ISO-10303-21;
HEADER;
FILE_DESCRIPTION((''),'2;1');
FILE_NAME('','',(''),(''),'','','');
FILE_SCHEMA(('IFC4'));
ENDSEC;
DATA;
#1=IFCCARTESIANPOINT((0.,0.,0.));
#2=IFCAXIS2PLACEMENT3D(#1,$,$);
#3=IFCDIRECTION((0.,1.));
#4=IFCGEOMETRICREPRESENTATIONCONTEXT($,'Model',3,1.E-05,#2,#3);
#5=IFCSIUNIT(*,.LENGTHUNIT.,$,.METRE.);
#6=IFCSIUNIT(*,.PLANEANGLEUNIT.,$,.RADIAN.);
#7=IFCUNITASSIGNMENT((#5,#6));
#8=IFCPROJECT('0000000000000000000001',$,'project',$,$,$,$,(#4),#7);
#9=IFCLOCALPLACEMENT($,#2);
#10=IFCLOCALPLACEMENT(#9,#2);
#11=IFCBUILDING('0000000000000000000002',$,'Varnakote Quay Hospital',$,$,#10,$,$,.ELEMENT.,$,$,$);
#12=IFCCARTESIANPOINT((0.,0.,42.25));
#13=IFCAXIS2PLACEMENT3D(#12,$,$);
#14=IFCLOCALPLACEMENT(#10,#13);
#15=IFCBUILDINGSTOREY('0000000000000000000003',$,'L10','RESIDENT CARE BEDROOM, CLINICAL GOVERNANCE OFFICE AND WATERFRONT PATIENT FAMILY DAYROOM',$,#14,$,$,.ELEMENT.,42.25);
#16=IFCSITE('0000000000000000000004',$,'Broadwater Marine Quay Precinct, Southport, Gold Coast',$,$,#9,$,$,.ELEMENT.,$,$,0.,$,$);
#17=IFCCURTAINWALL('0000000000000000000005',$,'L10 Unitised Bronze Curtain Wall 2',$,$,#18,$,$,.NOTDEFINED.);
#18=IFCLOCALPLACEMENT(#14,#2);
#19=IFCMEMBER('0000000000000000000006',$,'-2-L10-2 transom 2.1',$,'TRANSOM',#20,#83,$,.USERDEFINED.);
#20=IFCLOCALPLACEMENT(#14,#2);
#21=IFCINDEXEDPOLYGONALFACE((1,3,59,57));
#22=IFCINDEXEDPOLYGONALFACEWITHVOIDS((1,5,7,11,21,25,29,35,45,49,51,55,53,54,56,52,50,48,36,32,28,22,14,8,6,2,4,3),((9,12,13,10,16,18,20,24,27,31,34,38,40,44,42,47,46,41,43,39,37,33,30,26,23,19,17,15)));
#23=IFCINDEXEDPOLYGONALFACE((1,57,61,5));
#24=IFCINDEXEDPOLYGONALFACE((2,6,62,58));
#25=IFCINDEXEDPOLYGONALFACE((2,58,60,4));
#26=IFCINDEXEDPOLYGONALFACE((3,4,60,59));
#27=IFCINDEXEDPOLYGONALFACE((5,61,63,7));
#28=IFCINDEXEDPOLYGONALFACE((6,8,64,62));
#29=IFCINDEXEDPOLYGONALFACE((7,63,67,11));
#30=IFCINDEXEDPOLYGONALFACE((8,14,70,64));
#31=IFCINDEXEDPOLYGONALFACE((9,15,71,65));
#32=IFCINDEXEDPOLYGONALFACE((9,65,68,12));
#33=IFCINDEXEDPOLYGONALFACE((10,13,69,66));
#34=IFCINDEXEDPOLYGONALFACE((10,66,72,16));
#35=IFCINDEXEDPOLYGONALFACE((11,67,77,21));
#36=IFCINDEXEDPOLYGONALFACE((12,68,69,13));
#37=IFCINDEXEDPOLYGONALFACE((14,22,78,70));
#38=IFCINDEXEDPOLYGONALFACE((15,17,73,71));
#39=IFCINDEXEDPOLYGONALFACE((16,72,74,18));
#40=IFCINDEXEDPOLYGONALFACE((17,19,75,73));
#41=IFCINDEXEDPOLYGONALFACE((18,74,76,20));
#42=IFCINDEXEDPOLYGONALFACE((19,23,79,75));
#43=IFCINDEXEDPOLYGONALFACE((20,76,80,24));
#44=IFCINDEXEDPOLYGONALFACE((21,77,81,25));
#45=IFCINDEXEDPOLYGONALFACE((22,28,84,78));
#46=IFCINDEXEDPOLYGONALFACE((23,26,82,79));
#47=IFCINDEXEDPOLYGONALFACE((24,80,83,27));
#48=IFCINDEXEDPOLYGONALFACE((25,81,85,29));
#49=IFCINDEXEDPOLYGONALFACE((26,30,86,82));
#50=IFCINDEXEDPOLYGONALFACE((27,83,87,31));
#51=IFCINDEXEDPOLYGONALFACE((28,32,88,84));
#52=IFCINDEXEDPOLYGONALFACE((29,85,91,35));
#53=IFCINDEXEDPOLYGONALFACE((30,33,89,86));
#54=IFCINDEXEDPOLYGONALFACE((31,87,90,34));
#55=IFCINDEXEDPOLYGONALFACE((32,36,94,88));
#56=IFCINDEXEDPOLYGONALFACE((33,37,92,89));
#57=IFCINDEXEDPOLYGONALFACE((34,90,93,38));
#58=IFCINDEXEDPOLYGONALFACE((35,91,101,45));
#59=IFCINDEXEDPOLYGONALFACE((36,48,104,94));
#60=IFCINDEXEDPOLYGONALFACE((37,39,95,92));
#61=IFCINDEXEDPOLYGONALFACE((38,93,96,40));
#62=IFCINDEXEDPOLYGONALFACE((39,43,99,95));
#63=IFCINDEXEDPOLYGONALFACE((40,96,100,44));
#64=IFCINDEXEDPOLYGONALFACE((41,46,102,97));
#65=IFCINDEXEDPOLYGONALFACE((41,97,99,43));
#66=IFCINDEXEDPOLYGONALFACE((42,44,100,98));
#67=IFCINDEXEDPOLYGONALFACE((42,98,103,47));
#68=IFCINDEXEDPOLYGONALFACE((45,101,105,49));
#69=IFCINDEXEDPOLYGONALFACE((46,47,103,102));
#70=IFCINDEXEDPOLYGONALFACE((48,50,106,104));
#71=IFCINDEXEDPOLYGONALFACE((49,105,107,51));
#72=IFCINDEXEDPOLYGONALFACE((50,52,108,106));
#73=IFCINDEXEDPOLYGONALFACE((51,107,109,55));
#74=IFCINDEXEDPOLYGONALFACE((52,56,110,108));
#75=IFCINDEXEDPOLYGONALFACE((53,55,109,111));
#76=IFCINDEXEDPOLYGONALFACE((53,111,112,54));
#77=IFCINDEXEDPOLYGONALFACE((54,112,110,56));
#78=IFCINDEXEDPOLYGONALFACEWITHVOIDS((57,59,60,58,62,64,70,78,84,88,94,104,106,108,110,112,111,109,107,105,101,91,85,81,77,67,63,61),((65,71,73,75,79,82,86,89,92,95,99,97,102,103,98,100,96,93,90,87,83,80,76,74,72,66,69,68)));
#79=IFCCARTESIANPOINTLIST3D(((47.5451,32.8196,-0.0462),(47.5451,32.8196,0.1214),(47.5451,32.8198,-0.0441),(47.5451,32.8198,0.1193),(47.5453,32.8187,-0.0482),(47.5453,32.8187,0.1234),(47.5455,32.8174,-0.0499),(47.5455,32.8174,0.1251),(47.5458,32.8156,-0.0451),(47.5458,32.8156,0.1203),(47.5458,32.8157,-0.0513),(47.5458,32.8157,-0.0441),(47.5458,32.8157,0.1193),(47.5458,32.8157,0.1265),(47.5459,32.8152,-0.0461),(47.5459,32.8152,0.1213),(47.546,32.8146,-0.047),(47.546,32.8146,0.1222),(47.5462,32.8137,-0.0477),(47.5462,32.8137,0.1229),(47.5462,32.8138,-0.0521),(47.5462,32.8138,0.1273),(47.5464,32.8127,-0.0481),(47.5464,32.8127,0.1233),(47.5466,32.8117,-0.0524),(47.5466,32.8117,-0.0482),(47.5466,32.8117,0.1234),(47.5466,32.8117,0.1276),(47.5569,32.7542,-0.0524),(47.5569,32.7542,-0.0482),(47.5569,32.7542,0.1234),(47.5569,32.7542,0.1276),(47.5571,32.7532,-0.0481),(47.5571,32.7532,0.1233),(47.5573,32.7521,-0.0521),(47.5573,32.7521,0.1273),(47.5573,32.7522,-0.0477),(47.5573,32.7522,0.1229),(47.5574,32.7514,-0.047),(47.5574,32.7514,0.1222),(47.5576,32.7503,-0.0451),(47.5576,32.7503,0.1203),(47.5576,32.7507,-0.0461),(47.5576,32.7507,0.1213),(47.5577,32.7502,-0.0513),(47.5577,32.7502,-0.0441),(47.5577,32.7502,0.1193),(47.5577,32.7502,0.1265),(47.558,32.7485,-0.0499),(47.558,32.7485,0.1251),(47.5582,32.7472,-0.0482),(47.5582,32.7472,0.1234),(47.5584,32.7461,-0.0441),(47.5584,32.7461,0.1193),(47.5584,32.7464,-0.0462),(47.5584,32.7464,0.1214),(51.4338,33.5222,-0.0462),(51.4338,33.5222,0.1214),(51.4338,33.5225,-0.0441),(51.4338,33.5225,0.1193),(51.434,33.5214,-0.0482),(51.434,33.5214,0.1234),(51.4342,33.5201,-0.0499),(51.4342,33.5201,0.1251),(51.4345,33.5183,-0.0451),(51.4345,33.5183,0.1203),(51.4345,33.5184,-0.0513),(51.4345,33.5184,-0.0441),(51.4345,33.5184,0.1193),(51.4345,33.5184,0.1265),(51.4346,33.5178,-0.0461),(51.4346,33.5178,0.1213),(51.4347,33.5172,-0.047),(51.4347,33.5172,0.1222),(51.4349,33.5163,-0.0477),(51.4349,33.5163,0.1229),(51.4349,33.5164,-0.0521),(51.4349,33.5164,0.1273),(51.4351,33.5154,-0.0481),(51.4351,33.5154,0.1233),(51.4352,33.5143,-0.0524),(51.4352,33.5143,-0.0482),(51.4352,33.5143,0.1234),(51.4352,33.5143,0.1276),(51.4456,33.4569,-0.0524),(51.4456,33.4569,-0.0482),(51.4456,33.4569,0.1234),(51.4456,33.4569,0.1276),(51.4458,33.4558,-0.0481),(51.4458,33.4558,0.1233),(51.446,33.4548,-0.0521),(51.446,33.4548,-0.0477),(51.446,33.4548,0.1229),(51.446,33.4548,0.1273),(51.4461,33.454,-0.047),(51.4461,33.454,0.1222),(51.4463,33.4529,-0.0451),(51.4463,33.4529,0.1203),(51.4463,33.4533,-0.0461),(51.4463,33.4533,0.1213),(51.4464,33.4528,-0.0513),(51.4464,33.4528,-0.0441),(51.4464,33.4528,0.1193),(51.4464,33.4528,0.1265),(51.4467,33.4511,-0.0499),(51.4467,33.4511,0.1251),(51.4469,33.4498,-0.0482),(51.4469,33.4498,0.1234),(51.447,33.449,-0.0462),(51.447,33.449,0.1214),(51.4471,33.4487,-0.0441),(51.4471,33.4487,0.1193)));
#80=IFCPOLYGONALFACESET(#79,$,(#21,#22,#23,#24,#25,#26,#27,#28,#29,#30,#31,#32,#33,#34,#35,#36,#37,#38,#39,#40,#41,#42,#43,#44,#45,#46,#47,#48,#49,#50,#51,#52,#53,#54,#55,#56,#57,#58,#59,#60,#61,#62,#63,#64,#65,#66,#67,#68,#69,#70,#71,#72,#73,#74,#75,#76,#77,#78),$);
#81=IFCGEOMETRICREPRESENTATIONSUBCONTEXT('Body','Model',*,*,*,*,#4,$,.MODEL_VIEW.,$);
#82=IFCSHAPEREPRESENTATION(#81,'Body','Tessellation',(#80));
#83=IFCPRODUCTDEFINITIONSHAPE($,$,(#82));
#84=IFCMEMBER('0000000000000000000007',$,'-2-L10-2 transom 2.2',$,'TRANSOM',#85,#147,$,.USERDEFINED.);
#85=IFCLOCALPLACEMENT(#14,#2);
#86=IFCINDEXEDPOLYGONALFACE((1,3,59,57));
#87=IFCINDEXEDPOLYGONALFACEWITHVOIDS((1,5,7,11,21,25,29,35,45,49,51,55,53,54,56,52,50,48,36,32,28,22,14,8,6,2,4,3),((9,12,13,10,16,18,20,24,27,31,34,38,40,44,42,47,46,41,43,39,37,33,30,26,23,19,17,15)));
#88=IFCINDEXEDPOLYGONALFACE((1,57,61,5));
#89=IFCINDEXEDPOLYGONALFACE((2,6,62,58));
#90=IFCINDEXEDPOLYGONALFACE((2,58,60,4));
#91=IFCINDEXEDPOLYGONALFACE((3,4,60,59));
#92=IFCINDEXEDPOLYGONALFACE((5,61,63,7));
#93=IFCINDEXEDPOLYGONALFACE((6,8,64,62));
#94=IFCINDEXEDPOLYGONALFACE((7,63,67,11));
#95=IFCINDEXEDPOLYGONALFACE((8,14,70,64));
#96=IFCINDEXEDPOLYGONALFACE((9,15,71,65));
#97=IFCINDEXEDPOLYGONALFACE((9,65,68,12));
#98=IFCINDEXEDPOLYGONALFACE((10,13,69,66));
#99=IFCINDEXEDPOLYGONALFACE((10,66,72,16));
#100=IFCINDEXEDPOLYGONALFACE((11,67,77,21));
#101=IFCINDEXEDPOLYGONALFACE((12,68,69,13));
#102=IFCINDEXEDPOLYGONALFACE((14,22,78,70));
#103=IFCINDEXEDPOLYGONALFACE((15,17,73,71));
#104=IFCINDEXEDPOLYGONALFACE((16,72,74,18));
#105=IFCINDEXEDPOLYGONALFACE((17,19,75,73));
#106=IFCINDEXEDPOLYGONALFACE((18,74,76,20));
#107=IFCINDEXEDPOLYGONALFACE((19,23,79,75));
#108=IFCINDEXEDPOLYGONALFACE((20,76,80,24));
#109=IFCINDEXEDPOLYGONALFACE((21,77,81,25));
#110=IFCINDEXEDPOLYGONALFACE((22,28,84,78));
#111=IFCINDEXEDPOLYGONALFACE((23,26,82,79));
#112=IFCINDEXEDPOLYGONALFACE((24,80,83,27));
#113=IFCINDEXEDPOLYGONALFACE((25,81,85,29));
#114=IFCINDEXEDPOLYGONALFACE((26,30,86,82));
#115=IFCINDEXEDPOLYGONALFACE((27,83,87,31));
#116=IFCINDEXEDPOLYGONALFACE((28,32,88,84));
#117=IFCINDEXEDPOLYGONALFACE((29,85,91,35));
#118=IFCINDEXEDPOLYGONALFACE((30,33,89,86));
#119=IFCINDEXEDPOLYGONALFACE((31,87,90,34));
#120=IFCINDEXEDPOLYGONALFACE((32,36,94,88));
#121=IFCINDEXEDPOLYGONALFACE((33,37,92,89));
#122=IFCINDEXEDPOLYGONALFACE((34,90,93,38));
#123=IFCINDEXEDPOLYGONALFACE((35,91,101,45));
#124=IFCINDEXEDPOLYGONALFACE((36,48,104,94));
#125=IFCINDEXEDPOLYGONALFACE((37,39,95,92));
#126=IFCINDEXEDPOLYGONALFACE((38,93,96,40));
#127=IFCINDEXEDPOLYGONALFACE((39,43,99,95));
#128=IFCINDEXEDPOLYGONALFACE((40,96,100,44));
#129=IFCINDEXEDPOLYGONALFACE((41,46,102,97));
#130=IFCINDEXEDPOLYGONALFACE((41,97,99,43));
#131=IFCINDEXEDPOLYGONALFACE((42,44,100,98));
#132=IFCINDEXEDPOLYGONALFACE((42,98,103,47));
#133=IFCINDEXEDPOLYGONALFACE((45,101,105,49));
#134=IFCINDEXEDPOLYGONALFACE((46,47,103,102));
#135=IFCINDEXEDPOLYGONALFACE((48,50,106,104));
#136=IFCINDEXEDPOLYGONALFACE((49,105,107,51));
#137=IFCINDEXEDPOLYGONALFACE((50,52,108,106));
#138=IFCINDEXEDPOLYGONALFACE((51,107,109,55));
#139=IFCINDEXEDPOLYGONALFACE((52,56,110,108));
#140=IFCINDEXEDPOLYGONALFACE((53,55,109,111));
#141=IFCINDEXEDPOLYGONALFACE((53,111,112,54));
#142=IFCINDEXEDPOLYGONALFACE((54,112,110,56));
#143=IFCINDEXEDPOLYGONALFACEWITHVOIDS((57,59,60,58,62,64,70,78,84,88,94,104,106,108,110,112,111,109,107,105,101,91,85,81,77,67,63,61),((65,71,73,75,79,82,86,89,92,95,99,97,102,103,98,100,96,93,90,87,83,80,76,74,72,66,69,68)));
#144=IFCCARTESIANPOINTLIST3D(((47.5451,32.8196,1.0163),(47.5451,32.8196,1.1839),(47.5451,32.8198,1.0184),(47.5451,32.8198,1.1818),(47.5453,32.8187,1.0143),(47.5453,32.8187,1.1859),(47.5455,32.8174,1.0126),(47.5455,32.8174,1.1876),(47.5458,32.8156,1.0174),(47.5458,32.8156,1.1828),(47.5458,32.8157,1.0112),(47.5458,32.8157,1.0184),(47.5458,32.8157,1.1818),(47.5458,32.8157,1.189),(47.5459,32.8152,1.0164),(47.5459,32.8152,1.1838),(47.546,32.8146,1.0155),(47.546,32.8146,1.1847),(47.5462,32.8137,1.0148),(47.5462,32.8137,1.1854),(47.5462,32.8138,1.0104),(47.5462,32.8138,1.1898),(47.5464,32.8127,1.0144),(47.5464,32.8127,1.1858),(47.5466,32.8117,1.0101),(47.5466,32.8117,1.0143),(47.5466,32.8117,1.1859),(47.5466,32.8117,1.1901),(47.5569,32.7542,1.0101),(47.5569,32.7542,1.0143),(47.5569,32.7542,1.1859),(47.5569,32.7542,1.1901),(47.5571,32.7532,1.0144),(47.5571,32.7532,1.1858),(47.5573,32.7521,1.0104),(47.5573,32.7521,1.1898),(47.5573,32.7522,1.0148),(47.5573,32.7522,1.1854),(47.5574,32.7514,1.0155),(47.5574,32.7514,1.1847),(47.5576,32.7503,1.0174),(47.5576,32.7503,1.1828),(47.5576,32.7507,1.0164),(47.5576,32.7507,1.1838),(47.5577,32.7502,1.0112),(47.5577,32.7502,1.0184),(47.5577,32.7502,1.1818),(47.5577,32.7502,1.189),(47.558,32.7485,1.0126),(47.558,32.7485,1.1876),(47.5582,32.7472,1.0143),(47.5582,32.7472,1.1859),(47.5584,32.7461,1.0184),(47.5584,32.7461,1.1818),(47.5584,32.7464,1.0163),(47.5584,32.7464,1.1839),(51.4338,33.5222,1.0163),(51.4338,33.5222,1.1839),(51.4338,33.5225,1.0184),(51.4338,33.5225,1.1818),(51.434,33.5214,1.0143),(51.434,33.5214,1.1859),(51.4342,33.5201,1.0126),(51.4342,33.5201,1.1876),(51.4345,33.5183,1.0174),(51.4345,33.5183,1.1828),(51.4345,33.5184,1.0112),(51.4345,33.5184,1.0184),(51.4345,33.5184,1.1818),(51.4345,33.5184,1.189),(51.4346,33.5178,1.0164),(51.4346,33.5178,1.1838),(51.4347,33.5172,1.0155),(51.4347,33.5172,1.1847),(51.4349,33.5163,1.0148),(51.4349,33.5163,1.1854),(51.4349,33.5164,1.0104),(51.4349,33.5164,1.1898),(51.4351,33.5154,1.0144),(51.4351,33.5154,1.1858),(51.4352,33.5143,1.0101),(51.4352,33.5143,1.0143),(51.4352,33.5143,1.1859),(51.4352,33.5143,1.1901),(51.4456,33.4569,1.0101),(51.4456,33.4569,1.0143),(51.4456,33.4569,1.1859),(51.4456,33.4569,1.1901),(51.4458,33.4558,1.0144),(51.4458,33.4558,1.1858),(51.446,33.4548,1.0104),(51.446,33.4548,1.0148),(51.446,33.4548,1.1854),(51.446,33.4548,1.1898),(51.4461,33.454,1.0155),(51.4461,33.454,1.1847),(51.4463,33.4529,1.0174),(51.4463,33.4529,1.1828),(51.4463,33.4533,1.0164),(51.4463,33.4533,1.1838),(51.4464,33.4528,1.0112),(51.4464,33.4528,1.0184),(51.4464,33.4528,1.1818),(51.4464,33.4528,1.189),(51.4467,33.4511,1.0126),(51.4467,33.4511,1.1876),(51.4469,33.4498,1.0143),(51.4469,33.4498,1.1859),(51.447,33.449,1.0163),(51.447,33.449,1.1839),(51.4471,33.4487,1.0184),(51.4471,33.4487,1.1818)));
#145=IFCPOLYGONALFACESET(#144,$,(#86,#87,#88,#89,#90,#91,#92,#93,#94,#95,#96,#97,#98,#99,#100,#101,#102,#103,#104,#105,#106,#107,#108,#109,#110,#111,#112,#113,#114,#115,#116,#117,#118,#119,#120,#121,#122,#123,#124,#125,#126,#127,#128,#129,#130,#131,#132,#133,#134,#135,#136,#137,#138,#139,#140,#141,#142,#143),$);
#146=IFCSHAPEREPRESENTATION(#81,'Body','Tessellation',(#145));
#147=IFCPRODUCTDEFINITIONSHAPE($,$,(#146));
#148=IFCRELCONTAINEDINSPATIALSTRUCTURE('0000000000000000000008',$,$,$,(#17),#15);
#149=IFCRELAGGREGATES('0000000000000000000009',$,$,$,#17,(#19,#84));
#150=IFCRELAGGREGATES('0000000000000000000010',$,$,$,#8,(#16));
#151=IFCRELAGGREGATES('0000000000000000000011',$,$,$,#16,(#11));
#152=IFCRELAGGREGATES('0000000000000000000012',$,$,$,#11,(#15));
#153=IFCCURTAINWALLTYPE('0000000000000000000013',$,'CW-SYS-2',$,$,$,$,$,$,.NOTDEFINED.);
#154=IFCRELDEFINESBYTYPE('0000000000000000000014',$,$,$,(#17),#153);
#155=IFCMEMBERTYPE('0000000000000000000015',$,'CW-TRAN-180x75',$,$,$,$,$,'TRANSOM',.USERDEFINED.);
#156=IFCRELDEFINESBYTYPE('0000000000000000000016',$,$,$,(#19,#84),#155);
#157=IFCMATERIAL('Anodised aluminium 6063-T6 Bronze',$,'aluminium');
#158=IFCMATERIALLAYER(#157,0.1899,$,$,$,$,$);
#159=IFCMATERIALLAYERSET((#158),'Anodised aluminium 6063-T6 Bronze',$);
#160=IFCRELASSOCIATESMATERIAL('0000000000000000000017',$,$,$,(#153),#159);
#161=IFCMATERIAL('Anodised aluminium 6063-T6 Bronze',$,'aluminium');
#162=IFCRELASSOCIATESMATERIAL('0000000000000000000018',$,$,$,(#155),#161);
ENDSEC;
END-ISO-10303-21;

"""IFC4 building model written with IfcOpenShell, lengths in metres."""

from ifc_helpers import new_model, si_unit, direction, frame, origin, origin_2d, place, context, subcontext, project, spatial, hollow_rectangle, extrude, material, layer, layer_set, material_profile, profile_set, type_object, element, aggregate, save


model = new_model("IFC4")

# Units and contexts
model_context = context("Model", 3, precision=1e-05, world=origin(), true_north=direction((0.0, 1.0)))
body_context = subcontext(model_context, "Body", "Model", "MODEL_VIEW")
ifc_project = project(units=[si_unit("LENGTHUNIT", "METRE"), si_unit("PLANEANGLEUNIT", "RADIAN")], contexts=[model_context])

# Site, building, storey
site_placement = place(None, origin())
site = spatial("IfcSite", under=ifc_project, at=site_placement, Name="Broadwater Marine Quay Precinct, Southport, Gold Coast", CompositionType="ELEMENT", RefElevation=0.0)
building_placement = place(site_placement, origin())
building = spatial("IfcBuilding", under=site, at=building_placement, Name="Varnakote Quay Hospital", CompositionType="ELEMENT")
storey_placement = place(building_placement, frame((0.0, 0.0, 42.25)))
storey = spatial("IfcBuildingStorey", under=building, at=storey_placement, Name="L10", Description="RESIDENT CARE BEDROOM, CLINICAL GOVERNANCE OFFICE AND WATERFRONT PATIENT FAMILY DAYROOM", CompositionType="ELEMENT", Elevation=42.25)

# Shared definitions
ifc_material_1 = material(Name="Anodised aluminium 6063-T6 Bronze", Category="aluminium")
ifc_layer_1 = layer(ifc_material_1, 0.1899)
ifc_layer_set_1 = layer_set([ifc_layer_1], Name="Anodised aluminium 6063-T6 Bronze")
curtain_wall_type = type_object("IfcCurtainWallType", Name="CW-SYS-2", PredefinedType="NOTDEFINED", material=ifc_layer_set_1)

# Curtain wall
curtain_wall_1_placement = place(storey_placement, origin())
curtain_wall_1 = element("IfcCurtainWall", 1, at=curtain_wall_1_placement, inside=storey, type_object=curtain_wall_type, Name="L10 Unitised Bronze Curtain Wall 2", PredefinedType="NOTDEFINED")

# Members
ifc_material_2 = material(Name="Anodised aluminium 6063-T6 Bronze", Category="aluminium")
ifc_material_profile_1 = material_profile(ifc_material_2, hollow_rectangle(XDim=0.075, YDim=0.1799, WallThickness=0.0042, InnerFilletRadius=0.0042, OuterFilletRadius=0.0083, at=origin_2d()), Name="CW-TRAN-180x75")
ifc_profile_set_1 = profile_set([ifc_material_profile_1], Name="Anodised aluminium 6063-T6 Bronze")
member_type_1 = type_object("IfcMemberType", Name="CW-TRAN-180x75", ElementType="TRANSOM", PredefinedType="USERDEFINED", material=ifc_profile_set_1)
member_1_placement = place(storey_placement, frame((51.4404, 33.4856, 0.0376), z_axis=(-0.984065, -0.177809, 0.0), x_axis=(0.177809, -0.984065, 0.0)))
member_1 = element("IfcMember", 2, at=member_1_placement, type_object=member_type_1, Name="-2-L10-2 transom 2.1", ObjectType="TRANSOM", PredefinedType="USERDEFINED", context=body_context, shape_type="SweptSolid", body=[
    extrude(hollow_rectangle(XDim=0.075, YDim=0.1799, WallThickness=0.0042, InnerFilletRadius=0.0042, OuterFilletRadius=0.0083, at=origin_2d()), origin(), (0.0, 0.0, 1.0), 3.9517),
])
member_2_placement = place(storey_placement, frame((51.4404, 33.4856, 1.1001), z_axis=(-0.984065, -0.177809, 0.0), x_axis=(0.177809, -0.984065, 0.0)))
member_2 = element("IfcMember", 3, at=member_2_placement, type_object=member_type_1, Name="-2-L10-2 transom 2.2", ObjectType="TRANSOM", PredefinedType="USERDEFINED", context=body_context, shape_type="SweptSolid", body=[
    extrude(hollow_rectangle(XDim=0.075, YDim=0.1799, WallThickness=0.0042, InnerFilletRadius=0.0042, OuterFilletRadius=0.0083, at=origin_2d()), origin(), (0.0, 0.0, 1.0), 3.9517),
])

aggregate(curtain_wall_1, [member_1, member_2])

save(model, "model.ifc")
